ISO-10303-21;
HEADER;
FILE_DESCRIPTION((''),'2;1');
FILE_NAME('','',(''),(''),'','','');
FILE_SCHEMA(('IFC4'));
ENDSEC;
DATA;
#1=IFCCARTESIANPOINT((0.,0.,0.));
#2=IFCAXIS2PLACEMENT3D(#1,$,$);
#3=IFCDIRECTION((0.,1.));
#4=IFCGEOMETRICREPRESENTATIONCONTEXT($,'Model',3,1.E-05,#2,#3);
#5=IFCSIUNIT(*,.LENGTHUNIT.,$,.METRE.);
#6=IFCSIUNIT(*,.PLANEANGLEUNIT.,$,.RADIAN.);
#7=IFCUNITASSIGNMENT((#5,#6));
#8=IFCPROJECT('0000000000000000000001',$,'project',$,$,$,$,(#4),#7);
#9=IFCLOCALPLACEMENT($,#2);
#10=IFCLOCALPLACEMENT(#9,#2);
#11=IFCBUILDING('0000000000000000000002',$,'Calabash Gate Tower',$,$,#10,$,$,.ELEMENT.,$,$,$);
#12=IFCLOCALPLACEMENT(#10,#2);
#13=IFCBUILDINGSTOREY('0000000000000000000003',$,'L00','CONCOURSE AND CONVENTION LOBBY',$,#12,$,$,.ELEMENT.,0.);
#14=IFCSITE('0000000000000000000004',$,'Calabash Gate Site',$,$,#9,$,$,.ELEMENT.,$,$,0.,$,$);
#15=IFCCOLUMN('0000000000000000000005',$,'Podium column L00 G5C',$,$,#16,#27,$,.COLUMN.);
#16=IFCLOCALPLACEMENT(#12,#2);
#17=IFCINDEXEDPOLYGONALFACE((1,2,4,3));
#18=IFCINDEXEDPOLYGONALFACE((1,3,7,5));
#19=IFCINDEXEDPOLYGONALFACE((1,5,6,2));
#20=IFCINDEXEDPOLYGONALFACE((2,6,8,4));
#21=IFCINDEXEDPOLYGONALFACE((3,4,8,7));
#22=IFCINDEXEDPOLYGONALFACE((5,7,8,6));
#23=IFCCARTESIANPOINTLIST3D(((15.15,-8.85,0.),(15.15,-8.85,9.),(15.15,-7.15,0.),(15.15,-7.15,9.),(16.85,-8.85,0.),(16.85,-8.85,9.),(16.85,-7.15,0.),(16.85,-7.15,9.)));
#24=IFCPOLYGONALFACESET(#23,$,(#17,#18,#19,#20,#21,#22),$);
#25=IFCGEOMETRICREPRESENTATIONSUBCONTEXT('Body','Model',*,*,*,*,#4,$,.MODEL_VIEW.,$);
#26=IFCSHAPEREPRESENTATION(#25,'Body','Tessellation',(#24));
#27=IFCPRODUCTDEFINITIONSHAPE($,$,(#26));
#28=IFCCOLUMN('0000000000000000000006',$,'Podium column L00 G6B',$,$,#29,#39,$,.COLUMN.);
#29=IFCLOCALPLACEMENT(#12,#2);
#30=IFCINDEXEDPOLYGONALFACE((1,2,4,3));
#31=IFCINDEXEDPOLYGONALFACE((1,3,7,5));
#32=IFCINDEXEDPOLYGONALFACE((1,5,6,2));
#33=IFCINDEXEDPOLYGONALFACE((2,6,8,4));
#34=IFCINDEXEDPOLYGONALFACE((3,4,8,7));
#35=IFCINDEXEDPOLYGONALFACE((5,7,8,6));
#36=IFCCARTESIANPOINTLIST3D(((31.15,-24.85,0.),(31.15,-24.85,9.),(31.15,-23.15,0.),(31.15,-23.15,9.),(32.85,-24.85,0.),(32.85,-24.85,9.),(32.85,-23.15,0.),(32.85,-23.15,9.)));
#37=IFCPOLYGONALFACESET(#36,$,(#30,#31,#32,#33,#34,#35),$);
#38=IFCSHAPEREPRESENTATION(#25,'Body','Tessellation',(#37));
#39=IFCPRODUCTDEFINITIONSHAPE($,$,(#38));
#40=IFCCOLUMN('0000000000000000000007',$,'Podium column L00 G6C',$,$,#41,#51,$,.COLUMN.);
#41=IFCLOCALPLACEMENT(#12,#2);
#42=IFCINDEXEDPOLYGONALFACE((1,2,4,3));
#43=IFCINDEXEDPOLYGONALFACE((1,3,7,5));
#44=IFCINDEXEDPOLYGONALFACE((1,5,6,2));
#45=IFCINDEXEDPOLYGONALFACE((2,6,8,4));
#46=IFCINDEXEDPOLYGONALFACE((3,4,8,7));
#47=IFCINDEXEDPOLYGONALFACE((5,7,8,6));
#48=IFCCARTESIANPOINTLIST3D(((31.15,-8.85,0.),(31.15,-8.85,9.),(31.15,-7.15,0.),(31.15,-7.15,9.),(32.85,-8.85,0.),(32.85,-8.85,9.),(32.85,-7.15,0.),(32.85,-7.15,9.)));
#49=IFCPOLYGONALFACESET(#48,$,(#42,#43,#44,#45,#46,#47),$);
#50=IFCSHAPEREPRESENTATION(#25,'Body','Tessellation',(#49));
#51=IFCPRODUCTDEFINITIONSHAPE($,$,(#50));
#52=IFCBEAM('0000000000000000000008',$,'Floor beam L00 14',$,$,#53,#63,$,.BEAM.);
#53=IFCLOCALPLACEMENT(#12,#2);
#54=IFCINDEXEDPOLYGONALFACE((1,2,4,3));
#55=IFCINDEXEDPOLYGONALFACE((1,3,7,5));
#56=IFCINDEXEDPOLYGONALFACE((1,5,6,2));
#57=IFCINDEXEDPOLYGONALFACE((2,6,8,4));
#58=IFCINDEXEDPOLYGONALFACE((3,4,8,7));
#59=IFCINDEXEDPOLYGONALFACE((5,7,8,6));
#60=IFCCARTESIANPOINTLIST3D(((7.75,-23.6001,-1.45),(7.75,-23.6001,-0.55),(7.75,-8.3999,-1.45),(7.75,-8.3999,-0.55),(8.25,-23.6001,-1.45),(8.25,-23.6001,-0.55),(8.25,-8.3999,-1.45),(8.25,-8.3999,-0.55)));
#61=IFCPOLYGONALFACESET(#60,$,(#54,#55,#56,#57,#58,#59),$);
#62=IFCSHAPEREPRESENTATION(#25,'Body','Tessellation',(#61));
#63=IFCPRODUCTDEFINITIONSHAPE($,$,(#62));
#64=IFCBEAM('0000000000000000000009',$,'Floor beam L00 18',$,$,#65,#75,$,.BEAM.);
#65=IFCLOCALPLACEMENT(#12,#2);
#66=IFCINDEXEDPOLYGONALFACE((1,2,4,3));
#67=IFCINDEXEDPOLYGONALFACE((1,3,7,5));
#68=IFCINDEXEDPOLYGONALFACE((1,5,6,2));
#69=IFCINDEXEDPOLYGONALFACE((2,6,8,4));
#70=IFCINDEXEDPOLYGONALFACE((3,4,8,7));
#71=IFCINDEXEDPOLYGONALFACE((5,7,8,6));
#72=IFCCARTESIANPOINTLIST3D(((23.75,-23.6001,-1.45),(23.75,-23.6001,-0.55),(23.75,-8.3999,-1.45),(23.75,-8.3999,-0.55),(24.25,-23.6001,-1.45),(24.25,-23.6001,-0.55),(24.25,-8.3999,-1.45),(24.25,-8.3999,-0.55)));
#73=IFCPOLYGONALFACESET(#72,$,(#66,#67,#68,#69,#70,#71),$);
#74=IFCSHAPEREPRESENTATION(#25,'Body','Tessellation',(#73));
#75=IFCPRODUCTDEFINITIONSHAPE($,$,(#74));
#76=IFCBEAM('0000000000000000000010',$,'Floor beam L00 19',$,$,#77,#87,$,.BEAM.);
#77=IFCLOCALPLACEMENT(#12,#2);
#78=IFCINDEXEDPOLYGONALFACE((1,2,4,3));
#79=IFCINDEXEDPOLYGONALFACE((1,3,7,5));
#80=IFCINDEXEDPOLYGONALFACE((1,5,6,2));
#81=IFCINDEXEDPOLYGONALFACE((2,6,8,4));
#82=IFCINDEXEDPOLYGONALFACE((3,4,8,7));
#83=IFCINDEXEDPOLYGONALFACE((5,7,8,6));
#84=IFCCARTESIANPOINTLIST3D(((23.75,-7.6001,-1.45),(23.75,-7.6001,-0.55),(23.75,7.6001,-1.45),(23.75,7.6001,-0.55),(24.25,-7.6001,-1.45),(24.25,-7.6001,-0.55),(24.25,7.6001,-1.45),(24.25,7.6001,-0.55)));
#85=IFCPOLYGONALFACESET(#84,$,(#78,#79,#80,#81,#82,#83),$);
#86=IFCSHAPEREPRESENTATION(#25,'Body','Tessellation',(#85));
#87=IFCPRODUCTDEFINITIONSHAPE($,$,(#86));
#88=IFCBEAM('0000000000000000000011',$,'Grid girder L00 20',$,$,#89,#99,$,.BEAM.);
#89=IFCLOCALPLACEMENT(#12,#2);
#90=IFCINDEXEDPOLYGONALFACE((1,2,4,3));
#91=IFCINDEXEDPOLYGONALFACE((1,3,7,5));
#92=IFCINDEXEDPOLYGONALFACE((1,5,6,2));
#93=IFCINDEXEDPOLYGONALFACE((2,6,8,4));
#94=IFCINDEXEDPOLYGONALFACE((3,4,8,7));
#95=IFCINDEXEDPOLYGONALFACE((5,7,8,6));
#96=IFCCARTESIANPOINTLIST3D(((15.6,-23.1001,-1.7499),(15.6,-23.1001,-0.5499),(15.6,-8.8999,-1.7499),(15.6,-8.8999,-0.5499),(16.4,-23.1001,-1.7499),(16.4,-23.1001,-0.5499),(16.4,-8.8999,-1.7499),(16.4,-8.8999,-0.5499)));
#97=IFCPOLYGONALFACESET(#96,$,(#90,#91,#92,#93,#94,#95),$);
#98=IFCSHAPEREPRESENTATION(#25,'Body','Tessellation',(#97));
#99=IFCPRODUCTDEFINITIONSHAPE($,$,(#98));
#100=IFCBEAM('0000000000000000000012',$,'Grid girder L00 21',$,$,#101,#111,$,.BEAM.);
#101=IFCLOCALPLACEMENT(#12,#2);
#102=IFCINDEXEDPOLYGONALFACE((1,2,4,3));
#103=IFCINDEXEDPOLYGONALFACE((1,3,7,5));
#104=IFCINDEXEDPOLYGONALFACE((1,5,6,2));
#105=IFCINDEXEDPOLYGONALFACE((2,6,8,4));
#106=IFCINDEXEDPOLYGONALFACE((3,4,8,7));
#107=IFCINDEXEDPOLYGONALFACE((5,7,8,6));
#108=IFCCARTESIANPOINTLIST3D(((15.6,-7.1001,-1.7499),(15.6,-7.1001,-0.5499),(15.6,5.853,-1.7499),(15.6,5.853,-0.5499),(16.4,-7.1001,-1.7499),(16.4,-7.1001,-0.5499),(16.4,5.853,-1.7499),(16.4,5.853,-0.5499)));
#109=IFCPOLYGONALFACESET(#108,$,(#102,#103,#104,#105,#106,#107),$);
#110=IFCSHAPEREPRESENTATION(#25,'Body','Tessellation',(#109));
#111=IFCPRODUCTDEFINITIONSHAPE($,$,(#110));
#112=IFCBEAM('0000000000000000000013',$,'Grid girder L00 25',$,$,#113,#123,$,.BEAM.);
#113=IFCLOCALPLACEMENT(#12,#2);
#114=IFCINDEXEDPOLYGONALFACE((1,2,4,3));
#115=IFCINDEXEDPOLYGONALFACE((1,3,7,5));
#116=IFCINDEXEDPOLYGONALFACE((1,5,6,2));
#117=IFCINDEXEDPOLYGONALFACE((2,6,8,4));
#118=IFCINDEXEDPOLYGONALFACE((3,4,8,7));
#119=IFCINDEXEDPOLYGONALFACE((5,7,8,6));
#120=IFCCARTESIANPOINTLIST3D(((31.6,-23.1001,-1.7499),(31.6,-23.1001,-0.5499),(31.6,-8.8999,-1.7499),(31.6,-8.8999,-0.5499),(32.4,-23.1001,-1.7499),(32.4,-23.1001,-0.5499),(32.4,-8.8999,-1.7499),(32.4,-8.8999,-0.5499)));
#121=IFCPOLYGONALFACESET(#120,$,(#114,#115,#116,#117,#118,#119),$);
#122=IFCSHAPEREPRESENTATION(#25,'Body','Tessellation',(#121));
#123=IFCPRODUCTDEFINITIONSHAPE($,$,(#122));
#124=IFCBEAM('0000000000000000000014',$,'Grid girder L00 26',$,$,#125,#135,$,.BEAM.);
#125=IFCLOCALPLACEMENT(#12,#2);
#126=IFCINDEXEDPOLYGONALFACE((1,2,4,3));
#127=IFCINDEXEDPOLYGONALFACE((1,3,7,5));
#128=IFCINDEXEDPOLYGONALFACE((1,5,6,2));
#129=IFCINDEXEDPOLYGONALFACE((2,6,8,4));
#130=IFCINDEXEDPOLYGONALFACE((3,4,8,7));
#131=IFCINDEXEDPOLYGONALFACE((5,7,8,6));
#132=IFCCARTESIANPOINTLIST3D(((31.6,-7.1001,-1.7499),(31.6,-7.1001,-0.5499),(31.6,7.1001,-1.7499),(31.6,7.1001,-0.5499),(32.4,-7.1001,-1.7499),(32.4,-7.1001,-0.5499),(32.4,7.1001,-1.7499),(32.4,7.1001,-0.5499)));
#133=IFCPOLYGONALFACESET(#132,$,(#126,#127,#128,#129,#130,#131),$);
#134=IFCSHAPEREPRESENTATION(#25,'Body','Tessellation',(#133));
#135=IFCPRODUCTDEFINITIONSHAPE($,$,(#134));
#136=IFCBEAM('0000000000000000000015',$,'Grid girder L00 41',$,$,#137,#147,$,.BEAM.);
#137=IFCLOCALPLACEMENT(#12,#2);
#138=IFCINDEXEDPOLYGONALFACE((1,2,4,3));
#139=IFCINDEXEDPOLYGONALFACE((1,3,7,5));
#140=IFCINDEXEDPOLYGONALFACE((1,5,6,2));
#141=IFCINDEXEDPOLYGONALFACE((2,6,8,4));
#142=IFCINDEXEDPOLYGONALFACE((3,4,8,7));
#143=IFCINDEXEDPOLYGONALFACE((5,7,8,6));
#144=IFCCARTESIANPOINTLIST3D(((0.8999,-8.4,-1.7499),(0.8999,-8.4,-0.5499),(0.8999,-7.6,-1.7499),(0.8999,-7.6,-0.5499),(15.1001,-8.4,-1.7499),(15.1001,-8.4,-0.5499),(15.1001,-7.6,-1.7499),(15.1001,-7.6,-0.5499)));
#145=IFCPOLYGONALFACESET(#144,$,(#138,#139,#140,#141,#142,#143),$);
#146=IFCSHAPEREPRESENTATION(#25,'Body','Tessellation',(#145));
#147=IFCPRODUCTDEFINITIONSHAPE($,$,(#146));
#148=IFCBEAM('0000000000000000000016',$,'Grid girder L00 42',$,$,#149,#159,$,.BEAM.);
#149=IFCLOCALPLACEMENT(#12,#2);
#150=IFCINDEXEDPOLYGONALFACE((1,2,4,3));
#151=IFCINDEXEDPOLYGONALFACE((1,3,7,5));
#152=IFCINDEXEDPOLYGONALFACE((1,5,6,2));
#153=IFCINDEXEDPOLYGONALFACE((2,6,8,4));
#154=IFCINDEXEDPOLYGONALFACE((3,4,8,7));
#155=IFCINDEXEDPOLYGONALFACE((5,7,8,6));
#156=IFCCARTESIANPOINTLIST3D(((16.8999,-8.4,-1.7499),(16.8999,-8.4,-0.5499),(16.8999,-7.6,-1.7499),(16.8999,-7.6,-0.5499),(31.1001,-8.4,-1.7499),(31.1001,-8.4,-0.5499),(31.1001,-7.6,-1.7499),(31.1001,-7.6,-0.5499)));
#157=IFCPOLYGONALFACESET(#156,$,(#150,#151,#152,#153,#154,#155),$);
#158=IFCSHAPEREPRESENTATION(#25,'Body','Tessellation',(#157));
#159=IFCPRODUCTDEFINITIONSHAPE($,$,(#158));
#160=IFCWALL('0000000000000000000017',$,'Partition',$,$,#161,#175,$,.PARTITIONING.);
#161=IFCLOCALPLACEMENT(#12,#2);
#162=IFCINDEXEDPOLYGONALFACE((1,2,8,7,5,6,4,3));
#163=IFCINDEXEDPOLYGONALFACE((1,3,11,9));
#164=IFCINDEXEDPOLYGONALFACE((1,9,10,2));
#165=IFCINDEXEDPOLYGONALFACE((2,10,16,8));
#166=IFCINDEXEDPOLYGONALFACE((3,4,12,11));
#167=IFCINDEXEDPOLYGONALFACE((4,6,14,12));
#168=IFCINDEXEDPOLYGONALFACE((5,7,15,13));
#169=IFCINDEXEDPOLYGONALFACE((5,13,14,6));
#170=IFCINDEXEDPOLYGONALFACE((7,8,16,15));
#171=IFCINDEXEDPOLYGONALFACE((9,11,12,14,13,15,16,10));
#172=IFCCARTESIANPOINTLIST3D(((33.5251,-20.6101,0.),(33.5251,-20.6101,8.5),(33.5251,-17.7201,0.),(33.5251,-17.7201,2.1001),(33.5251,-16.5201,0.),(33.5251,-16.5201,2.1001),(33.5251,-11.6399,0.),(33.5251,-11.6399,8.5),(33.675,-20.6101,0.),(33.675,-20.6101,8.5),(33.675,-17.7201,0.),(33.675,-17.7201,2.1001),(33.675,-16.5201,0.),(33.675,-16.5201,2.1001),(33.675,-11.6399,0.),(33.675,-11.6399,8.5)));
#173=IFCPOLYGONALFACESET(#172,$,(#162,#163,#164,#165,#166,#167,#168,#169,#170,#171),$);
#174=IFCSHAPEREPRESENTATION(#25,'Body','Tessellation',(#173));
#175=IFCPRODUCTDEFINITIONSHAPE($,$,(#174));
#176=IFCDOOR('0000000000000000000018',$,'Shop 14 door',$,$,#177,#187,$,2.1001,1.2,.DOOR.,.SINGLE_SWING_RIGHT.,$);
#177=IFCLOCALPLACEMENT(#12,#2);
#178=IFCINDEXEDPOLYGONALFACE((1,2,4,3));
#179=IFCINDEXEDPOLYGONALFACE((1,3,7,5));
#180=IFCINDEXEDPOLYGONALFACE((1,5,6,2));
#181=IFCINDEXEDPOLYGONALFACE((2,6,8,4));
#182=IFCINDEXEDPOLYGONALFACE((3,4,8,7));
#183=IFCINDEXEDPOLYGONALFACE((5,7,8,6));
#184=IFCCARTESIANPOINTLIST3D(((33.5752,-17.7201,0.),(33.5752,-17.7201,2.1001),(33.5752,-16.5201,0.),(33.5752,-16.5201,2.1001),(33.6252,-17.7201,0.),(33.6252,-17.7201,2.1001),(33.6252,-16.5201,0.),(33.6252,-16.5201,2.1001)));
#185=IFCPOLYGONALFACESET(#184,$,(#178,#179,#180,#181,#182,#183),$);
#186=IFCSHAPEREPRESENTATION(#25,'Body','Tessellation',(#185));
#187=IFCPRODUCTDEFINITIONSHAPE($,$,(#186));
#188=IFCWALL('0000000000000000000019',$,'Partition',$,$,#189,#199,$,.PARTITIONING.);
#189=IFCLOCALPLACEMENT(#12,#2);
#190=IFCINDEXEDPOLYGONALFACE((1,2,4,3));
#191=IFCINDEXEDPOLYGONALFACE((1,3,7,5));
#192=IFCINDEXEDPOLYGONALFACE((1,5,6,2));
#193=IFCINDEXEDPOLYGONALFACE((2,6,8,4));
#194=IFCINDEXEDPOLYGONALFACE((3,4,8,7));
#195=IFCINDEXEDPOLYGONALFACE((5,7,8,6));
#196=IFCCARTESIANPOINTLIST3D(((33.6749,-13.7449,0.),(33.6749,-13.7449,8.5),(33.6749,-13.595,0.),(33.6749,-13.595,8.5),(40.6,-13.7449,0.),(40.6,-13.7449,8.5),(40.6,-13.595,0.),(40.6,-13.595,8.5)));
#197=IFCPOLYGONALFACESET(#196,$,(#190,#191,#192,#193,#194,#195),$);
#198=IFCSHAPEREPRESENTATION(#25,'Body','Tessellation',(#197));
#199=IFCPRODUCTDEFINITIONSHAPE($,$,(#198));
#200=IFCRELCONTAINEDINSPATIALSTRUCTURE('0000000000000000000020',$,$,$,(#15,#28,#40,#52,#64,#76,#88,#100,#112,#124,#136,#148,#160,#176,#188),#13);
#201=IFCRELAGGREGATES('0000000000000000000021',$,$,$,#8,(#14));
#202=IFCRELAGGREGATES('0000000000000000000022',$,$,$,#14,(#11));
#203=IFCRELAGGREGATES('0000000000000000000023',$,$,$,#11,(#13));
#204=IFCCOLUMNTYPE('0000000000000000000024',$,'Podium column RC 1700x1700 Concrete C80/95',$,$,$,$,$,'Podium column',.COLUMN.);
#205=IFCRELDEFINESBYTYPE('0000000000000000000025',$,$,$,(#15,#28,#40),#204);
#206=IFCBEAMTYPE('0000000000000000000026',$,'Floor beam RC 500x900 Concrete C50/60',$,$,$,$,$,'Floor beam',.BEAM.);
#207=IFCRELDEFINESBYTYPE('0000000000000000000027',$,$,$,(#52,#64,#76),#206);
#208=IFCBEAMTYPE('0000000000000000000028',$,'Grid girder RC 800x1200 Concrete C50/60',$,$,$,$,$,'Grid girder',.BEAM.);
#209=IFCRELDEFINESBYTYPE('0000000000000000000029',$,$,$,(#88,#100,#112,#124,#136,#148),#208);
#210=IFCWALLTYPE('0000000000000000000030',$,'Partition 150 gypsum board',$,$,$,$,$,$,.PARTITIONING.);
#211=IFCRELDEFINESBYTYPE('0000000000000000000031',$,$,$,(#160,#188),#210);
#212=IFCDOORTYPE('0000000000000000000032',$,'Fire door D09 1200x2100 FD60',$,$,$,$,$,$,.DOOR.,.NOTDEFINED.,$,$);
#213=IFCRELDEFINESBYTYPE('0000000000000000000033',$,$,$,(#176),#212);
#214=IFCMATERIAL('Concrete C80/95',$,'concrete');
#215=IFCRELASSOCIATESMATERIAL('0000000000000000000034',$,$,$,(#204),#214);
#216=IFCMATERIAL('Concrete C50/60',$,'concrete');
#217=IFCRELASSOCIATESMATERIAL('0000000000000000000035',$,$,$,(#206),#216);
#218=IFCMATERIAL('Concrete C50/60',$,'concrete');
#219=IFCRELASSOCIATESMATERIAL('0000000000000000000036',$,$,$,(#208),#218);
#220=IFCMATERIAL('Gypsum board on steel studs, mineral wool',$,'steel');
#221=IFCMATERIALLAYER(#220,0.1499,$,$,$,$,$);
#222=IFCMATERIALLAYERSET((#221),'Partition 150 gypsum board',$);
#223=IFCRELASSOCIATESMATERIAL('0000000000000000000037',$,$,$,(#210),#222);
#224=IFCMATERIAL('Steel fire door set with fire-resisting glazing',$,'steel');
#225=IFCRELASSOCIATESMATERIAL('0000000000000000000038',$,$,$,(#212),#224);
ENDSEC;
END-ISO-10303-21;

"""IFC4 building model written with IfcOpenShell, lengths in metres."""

from ifc_helpers import new_model, si_unit, direction, frame, frame_2d, origin, origin_2d, place, context, subcontext, project, spatial, rectangle, extrude, material, layer, layer_set, material_profile, profile_set, type_object, element, fill, save


model = new_model("IFC4")

# Units and contexts
model_context = context("Model", 3, precision=1e-05, world=origin(), true_north=direction((0.0, 1.0)))
body_context = subcontext(model_context, "Body", "Model", "MODEL_VIEW")
ifc_project = project(units=[si_unit("LENGTHUNIT", "METRE"), si_unit("PLANEANGLEUNIT", "RADIAN")], contexts=[model_context])

# Site, building, storey
site_placement = place(None, origin())
site = spatial("IfcSite", under=ifc_project, at=site_placement, Name="Calabash Gate Site", CompositionType="ELEMENT", RefElevation=0.0)
building_placement = place(site_placement, origin())
building = spatial("IfcBuilding", under=site, at=building_placement, Name="Calabash Gate Tower", CompositionType="ELEMENT")
storey_placement = place(building_placement, origin())
storey = spatial("IfcBuildingStorey", under=building, at=storey_placement, Name="L00", Description="CONCOURSE AND CONVENTION LOBBY", CompositionType="ELEMENT", Elevation=0.0)

# Columns
ifc_material_1 = material(Name="Concrete C80/95", Category="concrete")
ifc_material_profile_1 = material_profile(ifc_material_1, rectangle(XDim=1.7, YDim=1.7, at=origin_2d()))
ifc_profile_set_1 = profile_set([ifc_material_profile_1], Name="Concrete C80/95")
column_type = type_object("IfcColumnType", Name="Podium column RC 1700x1700 Concrete C80/95", ElementType="Podium column", PredefinedType="COLUMN", material=ifc_profile_set_1)
for number, where, z_axis, x_axis, name in (
    (1, (16.0, -8.0, 0.0), (0.0, 0.0, 1.0), (1.0, 0.0, 0.0), "Podium column L00 G5C"),
    (2, (32.0, -24.0, 0.0), (0.0, 0.0, 1.0), (1.0, 0.0, 0.0), "Podium column L00 G6B"),
    (3, (32.0, -8.0, 0.0), (0.0, 0.0, 1.0), (1.0, 0.0, 0.0), "Podium column L00 G6C"),
):
    element("IfcColumn", number, at=place(storey_placement, frame(where, z_axis=z_axis, x_axis=x_axis)), inside=storey, type_object=column_type, Name=name, PredefinedType="COLUMN", context=body_context, shape_type="SweptSolid", body=[
        extrude(rectangle(XDim=1.7, YDim=1.7, at=origin_2d()), origin(), (0.0, 0.0, 1.0), 9.0),
    ])

# Beams
ifc_material_2 = material(Name="Concrete C50/60", Category="concrete")
ifc_material_profile_2 = material_profile(ifc_material_2, rectangle(XDim=0.5, YDim=0.8999, at=origin_2d()))
ifc_profile_set_2 = profile_set([ifc_material_profile_2], Name="Concrete C50/60")
beam_type_1 = type_object("IfcBeamType", Name="Floor beam RC 500x900 Concrete C50/60", ElementType="Floor beam", PredefinedType="BEAM", material=ifc_profile_set_2)
for number, where, z_axis, x_axis, name in (
    (4, (8.0, -23.6001, -1.0), (0.0, 1.0, 0.0), (-1.0, 0.0, 0.0), "Floor beam L00 14"),
    (5, (24.0, -23.6001, -1.0), (0.0, 1.0, 0.0), (-1.0, 0.0, 0.0), "Floor beam L00 18"),
    (6, (24.0, -7.6001, -1.0), (0.0, 1.0, 0.0), (-1.0, 0.0, 0.0), "Floor beam L00 19"),
):
    element("IfcBeam", number, at=place(storey_placement, frame(where, z_axis=z_axis, x_axis=x_axis)), inside=storey, type_object=beam_type_1, Name=name, PredefinedType="BEAM", context=body_context, shape_type="SweptSolid", body=[
        extrude(rectangle(XDim=0.5, YDim=0.8999, at=origin_2d()), origin(), (0.0, 0.0, 1.0), 15.2002),
    ])
ifc_material_3 = material(Name="Concrete C50/60", Category="concrete")
ifc_material_profile_3 = material_profile(ifc_material_3, rectangle(XDim=0.8, YDim=1.2, at=origin_2d()))
ifc_profile_set_3 = profile_set([ifc_material_profile_3], Name="Concrete C50/60")
beam_type_2 = type_object("IfcBeamType", Name="Grid girder RC 800x1200 Concrete C50/60", ElementType="Grid girder", PredefinedType="BEAM", material=ifc_profile_set_3)
beam_1_placement = place(storey_placement, frame((16.0, -23.1001, -1.1499), z_axis=(0.0, 1.0, 0.0), x_axis=(-1.0, 0.0, 0.0)))
element("IfcBeam", 7, at=beam_1_placement, inside=storey, type_object=beam_type_2, Name="Grid girder L00 20", PredefinedType="BEAM", context=body_context, shape_type="SweptSolid", body=[
    extrude(rectangle(XDim=0.8, YDim=1.2, at=origin_2d()), origin(), (0.0, 0.0, 1.0), 14.2002),
])
beam_2_placement = place(storey_placement, frame((16.0, -7.1001, -1.1499), z_axis=(0.0, 1.0, 0.0), x_axis=(-1.0, 0.0, 0.0)))
element("IfcBeam", 8, at=beam_2_placement, inside=storey, type_object=beam_type_2, Name="Grid girder L00 21", PredefinedType="BEAM", context=body_context, shape_type="SweptSolid", body=[
    extrude(rectangle(XDim=0.8, YDim=1.2, at=origin_2d()), origin(), (0.0, 0.0, 1.0), 12.9531),
])
for number, where, z_axis, x_axis, name in (
    (9, (32.0, -23.1001, -1.1499), (0.0, 1.0, 0.0), (-1.0, 0.0, 0.0), "Grid girder L00 25"),
    (10, (32.0, -7.1001, -1.1499), (0.0, 1.0, 0.0), (-1.0, 0.0, 0.0), "Grid girder L00 26"),
    (11, (0.8999, -8.0, -1.1499), (1.0, 0.0, 0.0), (0.0, 1.0, 0.0), "Grid girder L00 41"),
    (12, (16.8999, -8.0, -1.1499), (1.0, 0.0, 0.0), (0.0, 1.0, 0.0), "Grid girder L00 42"),
):
    element("IfcBeam", number, at=place(storey_placement, frame(where, z_axis=z_axis, x_axis=x_axis)), inside=storey, type_object=beam_type_2, Name=name, PredefinedType="BEAM", context=body_context, shape_type="SweptSolid", body=[
        extrude(rectangle(XDim=0.8, YDim=1.2, at=origin_2d()), origin(), (0.0, 0.0, 1.0), 14.2002),
    ])

# Wall, opening, door
ifc_material_4 = material(Name="Gypsum board on steel studs, mineral wool", Category="steel")
ifc_layer_1 = layer(ifc_material_4, 0.1499)
ifc_layer_set_1 = layer_set([ifc_layer_1], Name="Partition 150 gypsum board")
wall_type_1 = type_object("IfcWallType", Name="Partition 150 gypsum board", PredefinedType="PARTITIONING", material=ifc_layer_set_1)
wall_1_placement = place(storey_placement, frame((33.6001, -20.6101, 0.0), z_axis=(0.0, 0.0, 1.0), x_axis=(0.0, 1.0, 0.0)))
wall_1 = element("IfcWall", 13, at=wall_1_placement, inside=storey, type_object=wall_type_1, Name="Partition", PredefinedType="PARTITIONING", context=body_context, shape_type="SweptSolid", body=[
    extrude(rectangle(XDim=8.9702, YDim=0.1499, at=frame_2d((4.4851, 0.0))), origin(), (0.0, 0.0, 1.0), 8.5),
])
opening_1_placement = place(wall_1_placement, frame((2.8899, 0.0, 0.0)))
opening_1 = element("IfcOpeningElement", 14, at=opening_1_placement, cuts=wall_1, PredefinedType="OPENING", context=body_context, shape_type="SweptSolid", body=[
    extrude(rectangle(XDim=1.2, YDim=2.1001, at=frame_2d((0.6001, 1.05))), frame((0.0, 0.085, 0.0), z_axis=(0.0, -1.0, 0.0), x_axis=(1.0, 0.0, 0.0)), (0.0, 0.0, 1.0), 0.1699),
])
ifc_material_5 = material(Name="Steel fire door set with fire-resisting glazing", Category="steel")
door_type_1 = type_object("IfcDoorType", Name="Fire door D09 1200x2100 FD60", OperationType="NOTDEFINED", PredefinedType="DOOR", material=ifc_material_5)
door_1_placement = place(opening_1_placement, origin())
door_1 = element("IfcDoor", 15, at=door_1_placement, inside=storey, type_object=door_type_1, Name="Shop 14 door", OperationType="SINGLE_SWING_RIGHT", OverallHeight=2.1001, OverallWidth=1.2, PredefinedType="DOOR", context=body_context, shape_type="SweptSolid", body=[
    extrude(rectangle(XDim=1.2, YDim=2.1001, at=frame_2d((0.6001, 1.05))), frame((0.0, 0.0249, 0.0), z_axis=(0.0, -1.0, 0.0), x_axis=(1.0, 0.0, 0.0)), (0.0, 0.0, 1.0), 0.05),
])
fill(opening_1, door_1)

# Wall
wall_2_placement = place(storey_placement, frame((33.675, -13.6699, 0.0), z_axis=(0.0, 0.0, 1.0), x_axis=(1.0, 0.0, 0.0)))
element("IfcWall", 16, at=wall_2_placement, inside=storey, type_object=wall_type_1, Name="Partition", PredefinedType="PARTITIONING", context=body_context, shape_type="SweptSolid", body=[
    extrude(rectangle(XDim=6.925, YDim=0.1499, at=frame_2d((3.4624, 0.0))), origin(), (0.0, 0.0, 1.0), 8.5),
])

save(model, "model.ifc")
